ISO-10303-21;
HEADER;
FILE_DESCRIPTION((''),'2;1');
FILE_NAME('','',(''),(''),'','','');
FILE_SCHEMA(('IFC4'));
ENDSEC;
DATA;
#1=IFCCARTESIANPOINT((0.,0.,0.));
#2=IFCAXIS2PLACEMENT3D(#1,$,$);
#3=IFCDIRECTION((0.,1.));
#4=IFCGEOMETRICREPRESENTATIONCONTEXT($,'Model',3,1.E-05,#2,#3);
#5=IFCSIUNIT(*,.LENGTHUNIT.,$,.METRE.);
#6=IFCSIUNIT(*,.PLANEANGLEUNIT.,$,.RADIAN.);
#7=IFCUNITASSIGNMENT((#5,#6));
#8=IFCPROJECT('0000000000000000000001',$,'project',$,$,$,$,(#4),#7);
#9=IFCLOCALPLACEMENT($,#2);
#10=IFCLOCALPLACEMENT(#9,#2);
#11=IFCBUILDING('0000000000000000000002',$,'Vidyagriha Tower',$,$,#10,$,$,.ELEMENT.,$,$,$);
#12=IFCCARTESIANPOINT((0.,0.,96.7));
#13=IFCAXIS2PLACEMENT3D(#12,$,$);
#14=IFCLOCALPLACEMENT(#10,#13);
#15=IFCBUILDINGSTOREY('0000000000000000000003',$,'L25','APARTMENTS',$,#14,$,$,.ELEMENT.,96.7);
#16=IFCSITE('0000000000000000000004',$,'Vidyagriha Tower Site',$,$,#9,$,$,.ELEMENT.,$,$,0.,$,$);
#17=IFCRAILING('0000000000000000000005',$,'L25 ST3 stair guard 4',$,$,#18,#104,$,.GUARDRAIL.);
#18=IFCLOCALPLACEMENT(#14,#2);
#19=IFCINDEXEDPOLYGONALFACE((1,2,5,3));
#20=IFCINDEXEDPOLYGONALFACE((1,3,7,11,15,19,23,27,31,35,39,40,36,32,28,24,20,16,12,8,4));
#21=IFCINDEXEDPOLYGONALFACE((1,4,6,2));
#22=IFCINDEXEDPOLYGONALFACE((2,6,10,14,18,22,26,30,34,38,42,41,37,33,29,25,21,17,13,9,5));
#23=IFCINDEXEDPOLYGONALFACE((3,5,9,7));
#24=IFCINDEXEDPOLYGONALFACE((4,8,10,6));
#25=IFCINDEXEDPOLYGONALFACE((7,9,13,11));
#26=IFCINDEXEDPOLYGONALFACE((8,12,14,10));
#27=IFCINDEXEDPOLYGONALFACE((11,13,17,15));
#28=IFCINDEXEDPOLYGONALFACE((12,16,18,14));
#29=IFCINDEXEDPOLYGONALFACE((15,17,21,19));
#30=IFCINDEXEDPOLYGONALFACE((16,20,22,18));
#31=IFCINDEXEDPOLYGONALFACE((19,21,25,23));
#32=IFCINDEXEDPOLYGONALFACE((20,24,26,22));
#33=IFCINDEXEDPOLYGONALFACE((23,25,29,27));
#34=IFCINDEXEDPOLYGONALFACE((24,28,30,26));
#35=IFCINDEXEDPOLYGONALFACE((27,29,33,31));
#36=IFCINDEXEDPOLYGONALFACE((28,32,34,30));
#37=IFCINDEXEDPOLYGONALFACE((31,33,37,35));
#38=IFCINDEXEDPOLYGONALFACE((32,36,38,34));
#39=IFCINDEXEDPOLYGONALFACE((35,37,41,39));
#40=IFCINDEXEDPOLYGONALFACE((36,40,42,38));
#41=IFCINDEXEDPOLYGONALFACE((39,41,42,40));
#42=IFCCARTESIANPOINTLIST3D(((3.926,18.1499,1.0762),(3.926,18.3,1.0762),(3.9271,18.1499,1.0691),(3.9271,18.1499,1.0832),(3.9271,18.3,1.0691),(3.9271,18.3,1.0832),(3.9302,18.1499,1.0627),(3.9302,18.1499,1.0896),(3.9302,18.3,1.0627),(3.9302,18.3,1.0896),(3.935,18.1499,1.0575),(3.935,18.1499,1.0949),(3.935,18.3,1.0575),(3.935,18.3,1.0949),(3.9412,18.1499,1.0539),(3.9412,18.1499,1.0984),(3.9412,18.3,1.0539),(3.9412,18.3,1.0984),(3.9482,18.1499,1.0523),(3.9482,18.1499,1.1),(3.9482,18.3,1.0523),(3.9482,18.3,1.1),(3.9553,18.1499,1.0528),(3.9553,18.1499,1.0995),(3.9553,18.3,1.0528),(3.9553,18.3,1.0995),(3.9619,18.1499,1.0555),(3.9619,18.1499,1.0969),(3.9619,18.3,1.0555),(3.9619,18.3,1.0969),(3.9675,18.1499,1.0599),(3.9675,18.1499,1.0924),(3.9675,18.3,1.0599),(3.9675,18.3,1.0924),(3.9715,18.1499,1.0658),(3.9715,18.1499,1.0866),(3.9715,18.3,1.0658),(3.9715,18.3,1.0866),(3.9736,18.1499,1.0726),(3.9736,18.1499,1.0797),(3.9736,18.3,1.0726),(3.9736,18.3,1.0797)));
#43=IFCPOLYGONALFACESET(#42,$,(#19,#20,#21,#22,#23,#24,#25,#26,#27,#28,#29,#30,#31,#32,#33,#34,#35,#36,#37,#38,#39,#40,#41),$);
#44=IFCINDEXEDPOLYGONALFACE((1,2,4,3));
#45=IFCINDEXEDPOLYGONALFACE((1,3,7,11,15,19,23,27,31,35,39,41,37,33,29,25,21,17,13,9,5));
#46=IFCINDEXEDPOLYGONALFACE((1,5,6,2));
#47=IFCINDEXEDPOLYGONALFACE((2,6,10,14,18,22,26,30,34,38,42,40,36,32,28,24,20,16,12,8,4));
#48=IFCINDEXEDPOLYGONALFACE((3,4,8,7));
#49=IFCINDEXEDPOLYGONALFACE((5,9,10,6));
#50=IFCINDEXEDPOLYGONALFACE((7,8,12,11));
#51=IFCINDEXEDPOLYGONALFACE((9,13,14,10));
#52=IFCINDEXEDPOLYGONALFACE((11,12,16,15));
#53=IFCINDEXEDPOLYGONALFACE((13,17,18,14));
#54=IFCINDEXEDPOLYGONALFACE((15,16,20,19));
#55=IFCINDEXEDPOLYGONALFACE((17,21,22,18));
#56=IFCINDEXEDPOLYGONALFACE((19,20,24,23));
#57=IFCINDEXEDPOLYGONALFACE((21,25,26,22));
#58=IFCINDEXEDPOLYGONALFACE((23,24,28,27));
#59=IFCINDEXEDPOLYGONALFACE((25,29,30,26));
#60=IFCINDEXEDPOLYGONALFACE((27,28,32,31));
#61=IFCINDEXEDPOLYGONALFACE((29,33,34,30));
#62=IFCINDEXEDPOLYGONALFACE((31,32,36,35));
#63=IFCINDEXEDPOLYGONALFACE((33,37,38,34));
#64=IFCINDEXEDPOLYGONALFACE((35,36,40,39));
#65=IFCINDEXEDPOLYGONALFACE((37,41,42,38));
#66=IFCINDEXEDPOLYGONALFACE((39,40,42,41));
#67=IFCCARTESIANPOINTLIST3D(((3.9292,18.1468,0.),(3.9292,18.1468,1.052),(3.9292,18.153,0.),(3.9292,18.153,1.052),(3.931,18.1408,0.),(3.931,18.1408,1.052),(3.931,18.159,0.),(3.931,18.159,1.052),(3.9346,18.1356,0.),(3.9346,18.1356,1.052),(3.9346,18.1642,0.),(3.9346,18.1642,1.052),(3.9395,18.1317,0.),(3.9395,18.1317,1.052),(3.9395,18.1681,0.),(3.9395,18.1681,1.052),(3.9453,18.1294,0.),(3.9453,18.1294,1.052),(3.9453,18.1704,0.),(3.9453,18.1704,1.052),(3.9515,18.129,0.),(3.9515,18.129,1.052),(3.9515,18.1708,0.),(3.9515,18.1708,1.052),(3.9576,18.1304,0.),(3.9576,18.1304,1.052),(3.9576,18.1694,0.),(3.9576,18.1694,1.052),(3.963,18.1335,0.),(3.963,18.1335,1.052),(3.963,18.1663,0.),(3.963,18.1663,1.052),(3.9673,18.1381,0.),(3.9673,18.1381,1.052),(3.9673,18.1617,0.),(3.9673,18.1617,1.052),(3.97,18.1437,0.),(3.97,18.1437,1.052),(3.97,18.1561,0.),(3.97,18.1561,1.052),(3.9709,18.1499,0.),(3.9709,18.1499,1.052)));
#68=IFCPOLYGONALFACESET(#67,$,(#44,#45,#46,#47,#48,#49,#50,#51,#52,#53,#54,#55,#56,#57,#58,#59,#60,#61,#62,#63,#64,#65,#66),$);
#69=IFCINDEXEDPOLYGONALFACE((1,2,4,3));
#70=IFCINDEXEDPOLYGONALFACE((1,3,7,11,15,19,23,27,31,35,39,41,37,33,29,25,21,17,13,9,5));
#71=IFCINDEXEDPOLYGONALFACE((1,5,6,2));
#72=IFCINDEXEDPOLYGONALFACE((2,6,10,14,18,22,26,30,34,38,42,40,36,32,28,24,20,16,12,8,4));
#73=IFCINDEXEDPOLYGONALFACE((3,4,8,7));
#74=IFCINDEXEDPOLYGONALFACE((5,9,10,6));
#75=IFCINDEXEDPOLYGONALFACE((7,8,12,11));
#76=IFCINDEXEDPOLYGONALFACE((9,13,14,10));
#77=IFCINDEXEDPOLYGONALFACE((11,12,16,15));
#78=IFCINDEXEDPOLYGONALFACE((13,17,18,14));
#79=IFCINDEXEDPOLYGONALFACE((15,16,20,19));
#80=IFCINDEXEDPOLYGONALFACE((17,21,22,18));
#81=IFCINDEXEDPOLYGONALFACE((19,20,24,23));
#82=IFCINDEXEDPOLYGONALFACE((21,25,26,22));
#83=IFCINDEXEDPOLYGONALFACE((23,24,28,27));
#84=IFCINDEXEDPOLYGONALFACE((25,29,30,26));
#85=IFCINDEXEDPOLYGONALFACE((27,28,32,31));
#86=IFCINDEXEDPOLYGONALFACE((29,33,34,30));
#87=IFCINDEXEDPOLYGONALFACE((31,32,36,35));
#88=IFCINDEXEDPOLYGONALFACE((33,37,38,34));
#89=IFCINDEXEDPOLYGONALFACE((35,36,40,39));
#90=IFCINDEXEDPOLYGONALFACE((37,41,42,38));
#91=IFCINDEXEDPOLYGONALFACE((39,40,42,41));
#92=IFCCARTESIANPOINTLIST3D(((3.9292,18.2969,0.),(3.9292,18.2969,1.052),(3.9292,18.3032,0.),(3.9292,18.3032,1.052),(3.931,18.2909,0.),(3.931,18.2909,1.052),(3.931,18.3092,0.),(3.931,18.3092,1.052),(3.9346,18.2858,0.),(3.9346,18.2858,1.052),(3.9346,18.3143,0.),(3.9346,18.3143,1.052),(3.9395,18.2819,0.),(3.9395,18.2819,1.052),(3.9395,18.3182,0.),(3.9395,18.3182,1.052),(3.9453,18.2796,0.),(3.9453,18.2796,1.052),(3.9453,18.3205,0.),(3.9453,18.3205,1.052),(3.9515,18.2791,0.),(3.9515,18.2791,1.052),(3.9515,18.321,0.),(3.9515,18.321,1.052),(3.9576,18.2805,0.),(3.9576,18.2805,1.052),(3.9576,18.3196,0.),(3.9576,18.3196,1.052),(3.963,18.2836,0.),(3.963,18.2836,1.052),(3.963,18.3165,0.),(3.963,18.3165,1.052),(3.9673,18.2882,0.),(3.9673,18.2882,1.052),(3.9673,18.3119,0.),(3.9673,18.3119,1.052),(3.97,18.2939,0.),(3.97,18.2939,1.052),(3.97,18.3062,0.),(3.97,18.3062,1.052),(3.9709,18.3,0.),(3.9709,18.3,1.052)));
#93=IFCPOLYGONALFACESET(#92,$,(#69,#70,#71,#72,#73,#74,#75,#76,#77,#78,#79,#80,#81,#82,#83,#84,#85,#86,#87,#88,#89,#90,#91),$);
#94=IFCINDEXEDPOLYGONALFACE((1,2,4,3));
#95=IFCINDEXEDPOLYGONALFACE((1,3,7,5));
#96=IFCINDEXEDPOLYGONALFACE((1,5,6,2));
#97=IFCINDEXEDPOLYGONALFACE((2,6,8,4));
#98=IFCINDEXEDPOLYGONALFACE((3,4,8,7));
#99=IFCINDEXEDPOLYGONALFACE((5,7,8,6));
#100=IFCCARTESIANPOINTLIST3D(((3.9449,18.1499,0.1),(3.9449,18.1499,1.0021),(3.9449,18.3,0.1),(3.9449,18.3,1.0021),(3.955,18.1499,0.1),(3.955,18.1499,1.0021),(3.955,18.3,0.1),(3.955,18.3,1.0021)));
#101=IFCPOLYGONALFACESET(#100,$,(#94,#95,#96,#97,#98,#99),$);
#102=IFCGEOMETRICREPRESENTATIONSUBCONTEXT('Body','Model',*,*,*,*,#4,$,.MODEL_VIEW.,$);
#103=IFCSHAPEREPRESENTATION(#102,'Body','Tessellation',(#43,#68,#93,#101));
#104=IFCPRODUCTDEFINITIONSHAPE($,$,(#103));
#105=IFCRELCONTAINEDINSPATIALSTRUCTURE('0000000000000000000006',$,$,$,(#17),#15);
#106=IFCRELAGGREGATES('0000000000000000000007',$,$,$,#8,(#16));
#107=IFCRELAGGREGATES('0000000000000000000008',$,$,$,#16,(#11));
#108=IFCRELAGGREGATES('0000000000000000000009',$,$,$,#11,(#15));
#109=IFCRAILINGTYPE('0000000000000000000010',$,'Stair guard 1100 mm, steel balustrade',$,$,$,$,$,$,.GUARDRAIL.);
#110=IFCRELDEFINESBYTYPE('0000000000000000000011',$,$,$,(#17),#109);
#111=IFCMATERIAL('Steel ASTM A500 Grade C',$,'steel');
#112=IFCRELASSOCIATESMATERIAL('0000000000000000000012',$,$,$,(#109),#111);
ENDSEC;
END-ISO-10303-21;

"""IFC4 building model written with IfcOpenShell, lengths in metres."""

from ifc_helpers import new_model, si_unit, direction, frame, origin, origin_2d, place, context, subcontext, project, spatial, rectangle, circle, extrude, material, type_object, element, save


model = new_model("IFC4")

# Units and contexts
model_context = context("Model", 3, precision=1e-05, world=origin(), true_north=direction((0.0, 1.0)))
body_context = subcontext(model_context, "Body", "Model", "MODEL_VIEW")
ifc_project = project(units=[si_unit("LENGTHUNIT", "METRE"), si_unit("PLANEANGLEUNIT", "RADIAN")], contexts=[model_context])

# Site, building, storey
site_placement = place(None, origin())
site = spatial("IfcSite", under=ifc_project, at=site_placement, Name="Vidyagriha Tower Site", CompositionType="ELEMENT", RefElevation=0.0)
building_placement = place(site_placement, origin())
building = spatial("IfcBuilding", under=site, at=building_placement, Name="Vidyagriha Tower", CompositionType="ELEMENT")
storey_placement = place(building_placement, frame((0.0, 0.0, 96.7)))
storey = spatial("IfcBuildingStorey", under=building, at=storey_placement, Name="L25", Description="APARTMENTS", CompositionType="ELEMENT", Elevation=96.7)

# Railing
ifc_material_1 = material(Name="Steel ASTM A500 Grade C", Category="steel")
railing_type_1 = type_object("IfcRailingType", Name="Stair guard 1100 mm, steel balustrade", PredefinedType="GUARDRAIL", material=ifc_material_1)
railing_1_placement = place(storey_placement, frame((3.95, 18.1499, 0.0)))
element("IfcRailing", 1, at=railing_1_placement, inside=storey, type_object=railing_type_1, Name="L25 ST3 stair guard 4", PredefinedType="GUARDRAIL", context=body_context, shape_type="SweptSolid", body=[
    extrude(circle(Radius=0.0239, at=origin_2d()), frame((0.0, 0.0, 1.0762), z_axis=(0.0, 1.0, 0.0), x_axis=(-1.0, 0.0, 0.0)), (0.0, 0.0, 1.0), 0.1501),
    extrude(circle(Radius=0.021, at=origin_2d()), origin(), (0.0, 0.0, 1.0), 1.052),
    extrude(circle(Radius=0.021, at=origin_2d()), frame((0.0, 0.1501, 0.0)), (0.0, 0.0, 1.0), 1.052),
    extrude(rectangle(XDim=0.01, YDim=0.9021, at=origin_2d()), frame((0.0, 0.0, 0.551), z_axis=(0.0, 1.0, 0.0), x_axis=(-1.0, 0.0, 0.0)), (0.0, 0.0, 1.0), 0.1501),
])

save(model, "model.ifc")
